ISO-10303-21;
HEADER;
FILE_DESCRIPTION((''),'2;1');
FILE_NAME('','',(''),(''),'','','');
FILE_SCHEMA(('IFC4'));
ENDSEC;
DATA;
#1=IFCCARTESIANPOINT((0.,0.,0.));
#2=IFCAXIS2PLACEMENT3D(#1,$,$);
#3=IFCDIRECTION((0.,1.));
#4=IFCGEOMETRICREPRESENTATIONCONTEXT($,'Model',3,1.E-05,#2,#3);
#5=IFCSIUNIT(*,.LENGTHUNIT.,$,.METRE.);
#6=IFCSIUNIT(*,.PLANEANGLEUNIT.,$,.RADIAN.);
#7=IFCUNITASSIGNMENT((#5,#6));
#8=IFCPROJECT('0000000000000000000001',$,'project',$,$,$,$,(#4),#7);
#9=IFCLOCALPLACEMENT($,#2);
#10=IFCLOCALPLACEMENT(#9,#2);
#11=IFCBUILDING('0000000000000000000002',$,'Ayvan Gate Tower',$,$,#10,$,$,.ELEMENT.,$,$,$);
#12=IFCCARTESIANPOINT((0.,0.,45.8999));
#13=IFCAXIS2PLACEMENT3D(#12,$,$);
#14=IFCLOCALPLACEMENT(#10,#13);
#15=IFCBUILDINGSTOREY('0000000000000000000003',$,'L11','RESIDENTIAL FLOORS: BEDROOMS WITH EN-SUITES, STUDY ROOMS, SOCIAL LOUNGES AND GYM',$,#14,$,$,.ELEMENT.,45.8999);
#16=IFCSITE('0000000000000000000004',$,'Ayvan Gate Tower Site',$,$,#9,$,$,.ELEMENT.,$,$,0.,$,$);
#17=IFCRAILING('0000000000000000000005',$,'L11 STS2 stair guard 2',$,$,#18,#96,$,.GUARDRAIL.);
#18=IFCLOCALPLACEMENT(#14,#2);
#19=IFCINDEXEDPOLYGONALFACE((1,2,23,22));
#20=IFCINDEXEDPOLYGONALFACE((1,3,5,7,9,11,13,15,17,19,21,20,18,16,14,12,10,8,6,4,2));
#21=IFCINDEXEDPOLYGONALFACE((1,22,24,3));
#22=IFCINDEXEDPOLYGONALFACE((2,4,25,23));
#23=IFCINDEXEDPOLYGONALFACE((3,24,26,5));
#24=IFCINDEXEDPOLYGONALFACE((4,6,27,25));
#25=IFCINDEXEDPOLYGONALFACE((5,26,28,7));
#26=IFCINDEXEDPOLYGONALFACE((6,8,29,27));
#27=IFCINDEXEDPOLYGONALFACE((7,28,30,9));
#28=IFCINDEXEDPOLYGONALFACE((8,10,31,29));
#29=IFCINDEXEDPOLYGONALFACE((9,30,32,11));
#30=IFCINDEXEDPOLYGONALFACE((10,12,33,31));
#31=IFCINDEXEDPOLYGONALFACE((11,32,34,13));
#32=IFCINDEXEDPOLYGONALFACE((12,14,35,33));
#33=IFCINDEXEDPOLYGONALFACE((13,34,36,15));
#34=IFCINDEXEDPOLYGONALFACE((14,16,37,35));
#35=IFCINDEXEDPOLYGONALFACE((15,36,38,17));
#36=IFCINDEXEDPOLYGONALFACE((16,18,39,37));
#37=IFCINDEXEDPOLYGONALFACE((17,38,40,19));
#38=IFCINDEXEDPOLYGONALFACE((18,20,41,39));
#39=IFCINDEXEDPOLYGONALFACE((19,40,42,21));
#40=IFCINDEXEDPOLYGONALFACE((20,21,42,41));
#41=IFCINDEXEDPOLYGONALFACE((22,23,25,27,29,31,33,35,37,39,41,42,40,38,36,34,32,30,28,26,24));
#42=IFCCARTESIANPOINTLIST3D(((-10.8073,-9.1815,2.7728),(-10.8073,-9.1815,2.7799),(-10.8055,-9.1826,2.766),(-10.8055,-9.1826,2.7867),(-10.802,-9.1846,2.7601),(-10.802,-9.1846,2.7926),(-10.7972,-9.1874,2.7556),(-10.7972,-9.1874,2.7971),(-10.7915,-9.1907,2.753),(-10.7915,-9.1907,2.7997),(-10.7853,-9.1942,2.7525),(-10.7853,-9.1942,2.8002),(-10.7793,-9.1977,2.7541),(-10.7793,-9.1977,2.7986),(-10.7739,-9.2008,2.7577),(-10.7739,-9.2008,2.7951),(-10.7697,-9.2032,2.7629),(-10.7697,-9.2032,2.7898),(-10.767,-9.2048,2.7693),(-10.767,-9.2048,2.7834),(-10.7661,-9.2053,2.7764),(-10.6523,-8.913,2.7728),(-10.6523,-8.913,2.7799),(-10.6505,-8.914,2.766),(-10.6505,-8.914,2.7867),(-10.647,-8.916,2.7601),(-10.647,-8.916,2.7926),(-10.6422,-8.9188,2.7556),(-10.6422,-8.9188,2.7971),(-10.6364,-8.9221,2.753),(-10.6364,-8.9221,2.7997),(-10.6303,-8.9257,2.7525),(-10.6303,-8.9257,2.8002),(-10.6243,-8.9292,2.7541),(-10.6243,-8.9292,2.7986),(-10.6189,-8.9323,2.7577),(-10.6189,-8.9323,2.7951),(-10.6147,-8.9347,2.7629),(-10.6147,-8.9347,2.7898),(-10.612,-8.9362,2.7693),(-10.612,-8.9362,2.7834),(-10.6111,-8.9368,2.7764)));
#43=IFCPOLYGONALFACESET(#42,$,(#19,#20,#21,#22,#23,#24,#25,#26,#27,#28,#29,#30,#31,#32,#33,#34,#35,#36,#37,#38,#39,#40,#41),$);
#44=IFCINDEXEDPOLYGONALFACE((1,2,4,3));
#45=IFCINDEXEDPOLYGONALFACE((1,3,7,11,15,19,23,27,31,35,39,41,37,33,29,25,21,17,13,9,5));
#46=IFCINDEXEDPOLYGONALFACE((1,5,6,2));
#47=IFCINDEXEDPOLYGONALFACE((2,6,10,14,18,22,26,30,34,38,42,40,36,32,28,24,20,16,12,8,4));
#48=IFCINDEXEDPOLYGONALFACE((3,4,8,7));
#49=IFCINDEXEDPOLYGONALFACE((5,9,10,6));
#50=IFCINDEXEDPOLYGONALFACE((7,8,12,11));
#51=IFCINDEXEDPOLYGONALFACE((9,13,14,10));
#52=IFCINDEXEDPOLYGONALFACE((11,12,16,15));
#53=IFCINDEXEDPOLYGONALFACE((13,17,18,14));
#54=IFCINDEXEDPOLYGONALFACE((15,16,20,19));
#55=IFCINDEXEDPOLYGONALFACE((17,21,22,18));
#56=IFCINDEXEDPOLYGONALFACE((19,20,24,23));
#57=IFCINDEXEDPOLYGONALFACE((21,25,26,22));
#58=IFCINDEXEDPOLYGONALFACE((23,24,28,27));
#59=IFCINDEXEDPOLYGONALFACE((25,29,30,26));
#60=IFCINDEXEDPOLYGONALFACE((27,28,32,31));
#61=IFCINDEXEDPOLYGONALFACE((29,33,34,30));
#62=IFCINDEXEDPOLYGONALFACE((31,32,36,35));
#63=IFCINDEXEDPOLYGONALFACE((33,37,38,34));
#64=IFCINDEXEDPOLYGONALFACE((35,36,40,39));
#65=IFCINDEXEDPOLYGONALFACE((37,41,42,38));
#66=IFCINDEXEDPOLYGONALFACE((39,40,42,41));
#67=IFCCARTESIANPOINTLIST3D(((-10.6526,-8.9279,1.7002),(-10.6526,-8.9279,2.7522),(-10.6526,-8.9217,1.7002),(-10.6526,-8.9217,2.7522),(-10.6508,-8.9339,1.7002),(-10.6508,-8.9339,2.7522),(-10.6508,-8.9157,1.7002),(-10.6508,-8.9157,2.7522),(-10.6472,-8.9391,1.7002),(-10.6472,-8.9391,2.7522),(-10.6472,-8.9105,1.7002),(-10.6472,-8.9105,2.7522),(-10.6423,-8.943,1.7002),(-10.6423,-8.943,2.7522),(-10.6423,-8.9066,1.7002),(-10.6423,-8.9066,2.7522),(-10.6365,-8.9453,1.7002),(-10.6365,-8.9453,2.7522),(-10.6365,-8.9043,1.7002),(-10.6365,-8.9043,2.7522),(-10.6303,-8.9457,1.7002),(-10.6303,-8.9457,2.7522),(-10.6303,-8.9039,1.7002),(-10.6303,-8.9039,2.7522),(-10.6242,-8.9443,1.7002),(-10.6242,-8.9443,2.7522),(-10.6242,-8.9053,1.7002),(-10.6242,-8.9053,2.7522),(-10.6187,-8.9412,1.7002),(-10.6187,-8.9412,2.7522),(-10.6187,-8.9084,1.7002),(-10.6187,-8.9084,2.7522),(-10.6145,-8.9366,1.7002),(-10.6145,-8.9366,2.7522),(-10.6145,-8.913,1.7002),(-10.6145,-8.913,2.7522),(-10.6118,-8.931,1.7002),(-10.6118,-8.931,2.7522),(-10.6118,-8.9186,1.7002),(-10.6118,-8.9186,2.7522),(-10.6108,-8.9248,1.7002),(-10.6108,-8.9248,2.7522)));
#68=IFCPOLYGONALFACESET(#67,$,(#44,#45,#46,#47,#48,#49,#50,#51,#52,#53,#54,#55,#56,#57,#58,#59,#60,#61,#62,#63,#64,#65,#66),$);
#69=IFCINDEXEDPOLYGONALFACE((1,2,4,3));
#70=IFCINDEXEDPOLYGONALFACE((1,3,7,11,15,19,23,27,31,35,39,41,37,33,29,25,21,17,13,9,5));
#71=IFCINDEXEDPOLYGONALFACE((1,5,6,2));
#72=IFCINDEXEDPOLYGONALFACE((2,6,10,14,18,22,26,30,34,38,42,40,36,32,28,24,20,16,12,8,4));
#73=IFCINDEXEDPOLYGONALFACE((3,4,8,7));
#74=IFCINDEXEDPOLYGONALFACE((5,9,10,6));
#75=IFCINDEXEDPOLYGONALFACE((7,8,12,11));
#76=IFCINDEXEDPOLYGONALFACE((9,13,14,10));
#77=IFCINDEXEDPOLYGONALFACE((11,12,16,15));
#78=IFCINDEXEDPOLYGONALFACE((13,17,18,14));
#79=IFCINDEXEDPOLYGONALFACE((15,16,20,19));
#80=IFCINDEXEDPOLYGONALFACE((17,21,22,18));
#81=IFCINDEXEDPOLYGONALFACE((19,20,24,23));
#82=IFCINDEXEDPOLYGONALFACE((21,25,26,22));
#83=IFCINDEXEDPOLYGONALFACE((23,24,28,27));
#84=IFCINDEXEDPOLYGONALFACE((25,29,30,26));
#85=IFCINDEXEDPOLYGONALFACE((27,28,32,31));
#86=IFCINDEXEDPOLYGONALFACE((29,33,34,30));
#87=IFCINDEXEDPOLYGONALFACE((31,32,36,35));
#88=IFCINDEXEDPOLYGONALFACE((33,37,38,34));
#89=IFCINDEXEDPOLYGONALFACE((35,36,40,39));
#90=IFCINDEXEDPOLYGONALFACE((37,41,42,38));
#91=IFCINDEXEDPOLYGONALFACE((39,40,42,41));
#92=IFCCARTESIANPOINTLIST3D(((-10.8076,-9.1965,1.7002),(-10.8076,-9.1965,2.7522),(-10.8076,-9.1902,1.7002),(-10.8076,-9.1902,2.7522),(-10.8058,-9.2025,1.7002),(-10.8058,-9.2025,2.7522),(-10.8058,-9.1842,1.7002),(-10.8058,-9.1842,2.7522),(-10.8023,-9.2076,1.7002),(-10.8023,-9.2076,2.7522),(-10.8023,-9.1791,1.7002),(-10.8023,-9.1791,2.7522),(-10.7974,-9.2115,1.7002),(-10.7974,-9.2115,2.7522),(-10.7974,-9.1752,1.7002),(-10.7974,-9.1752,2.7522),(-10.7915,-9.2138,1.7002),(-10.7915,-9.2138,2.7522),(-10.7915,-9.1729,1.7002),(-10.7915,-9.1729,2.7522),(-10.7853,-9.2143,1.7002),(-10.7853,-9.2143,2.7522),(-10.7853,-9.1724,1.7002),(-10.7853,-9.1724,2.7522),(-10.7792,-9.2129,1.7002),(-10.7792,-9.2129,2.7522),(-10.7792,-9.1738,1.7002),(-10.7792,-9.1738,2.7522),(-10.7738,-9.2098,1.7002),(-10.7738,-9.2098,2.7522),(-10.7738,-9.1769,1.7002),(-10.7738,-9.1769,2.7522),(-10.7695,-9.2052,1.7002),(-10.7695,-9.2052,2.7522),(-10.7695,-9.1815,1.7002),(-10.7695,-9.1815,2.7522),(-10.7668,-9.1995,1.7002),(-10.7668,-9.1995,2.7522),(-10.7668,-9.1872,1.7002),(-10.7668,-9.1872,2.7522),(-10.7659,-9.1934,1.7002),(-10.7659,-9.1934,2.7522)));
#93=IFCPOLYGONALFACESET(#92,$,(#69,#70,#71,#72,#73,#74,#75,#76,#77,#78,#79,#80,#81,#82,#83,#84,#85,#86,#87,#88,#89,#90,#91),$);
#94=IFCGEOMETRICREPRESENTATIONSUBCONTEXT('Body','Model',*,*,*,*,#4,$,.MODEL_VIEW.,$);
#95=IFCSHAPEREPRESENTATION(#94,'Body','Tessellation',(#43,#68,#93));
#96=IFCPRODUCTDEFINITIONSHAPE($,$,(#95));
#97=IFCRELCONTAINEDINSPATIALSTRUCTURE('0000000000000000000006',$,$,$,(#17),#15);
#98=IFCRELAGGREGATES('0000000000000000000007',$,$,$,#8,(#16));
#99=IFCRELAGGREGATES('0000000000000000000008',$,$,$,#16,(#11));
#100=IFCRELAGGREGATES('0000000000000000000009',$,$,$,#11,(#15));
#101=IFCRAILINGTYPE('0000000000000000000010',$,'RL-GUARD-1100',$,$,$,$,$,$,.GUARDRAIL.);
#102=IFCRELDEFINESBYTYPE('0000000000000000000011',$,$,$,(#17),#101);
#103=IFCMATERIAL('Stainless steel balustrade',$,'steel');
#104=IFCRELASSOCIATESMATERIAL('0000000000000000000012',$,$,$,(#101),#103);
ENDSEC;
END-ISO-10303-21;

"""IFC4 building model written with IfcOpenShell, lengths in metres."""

from ifc_helpers import new_model, si_unit, direction, frame, origin, origin_2d, place, context, subcontext, project, spatial, circle, extrude, material, type_object, element, save


model = new_model("IFC4")

# Units and contexts
model_context = context("Model", 3, precision=1e-05, world=origin(), true_north=direction((0.0, 1.0)))
body_context = subcontext(model_context, "Body", "Model", "MODEL_VIEW")
ifc_project = project(units=[si_unit("LENGTHUNIT", "METRE"), si_unit("PLANEANGLEUNIT", "RADIAN")], contexts=[model_context])

# Site, building, storey
site_placement = place(None, origin())
site = spatial("IfcSite", under=ifc_project, at=site_placement, Name="Ayvan Gate Tower Site", CompositionType="ELEMENT", RefElevation=0.0)
building_placement = place(site_placement, origin())
building = spatial("IfcBuilding", under=site, at=building_placement, Name="Ayvan Gate Tower", CompositionType="ELEMENT")
storey_placement = place(building_placement, frame((0.0, 0.0, 45.8999)))
storey = spatial("IfcBuildingStorey", under=building, at=storey_placement, Name="L11", Description="RESIDENTIAL FLOORS: BEDROOMS WITH EN-SUITES, STUDY ROOMS, SOCIAL LOUNGES AND GYM", CompositionType="ELEMENT", Elevation=45.8999)

# Railing
ifc_material_1 = material(Name="Stainless steel balustrade", Category="steel")
railing_type_1 = type_object("IfcRailingType", Name="RL-GUARD-1100", PredefinedType="GUARDRAIL", material=ifc_material_1)
railing_1_placement = place(storey_placement, frame((-10.6318, -8.9248, 1.7002)))
element("IfcRailing", 1, at=railing_1_placement, inside=storey, type_object=railing_type_1, Name="L11 STS2 stair guard 2", PredefinedType="GUARDRAIL", context=body_context, shape_type="SweptSolid", body=[
    extrude(circle(Radius=0.0239, at=origin_2d()), frame((0.0, 0.0, 1.0762), z_axis=(-0.49995, -0.866054, 0.0), x_axis=(0.866054, -0.49995, 0.0)), (0.0, 0.0, 1.0), 0.3101),
    extrude(circle(Radius=0.021, at=origin_2d()), origin(), (0.0, 0.0, 1.0), 1.052),
    extrude(circle(Radius=0.021, at=origin_2d()), frame((-0.155, -0.2686, 0.0)), (0.0, 0.0, 1.0), 1.052),
])

save(model, "model.ifc")
